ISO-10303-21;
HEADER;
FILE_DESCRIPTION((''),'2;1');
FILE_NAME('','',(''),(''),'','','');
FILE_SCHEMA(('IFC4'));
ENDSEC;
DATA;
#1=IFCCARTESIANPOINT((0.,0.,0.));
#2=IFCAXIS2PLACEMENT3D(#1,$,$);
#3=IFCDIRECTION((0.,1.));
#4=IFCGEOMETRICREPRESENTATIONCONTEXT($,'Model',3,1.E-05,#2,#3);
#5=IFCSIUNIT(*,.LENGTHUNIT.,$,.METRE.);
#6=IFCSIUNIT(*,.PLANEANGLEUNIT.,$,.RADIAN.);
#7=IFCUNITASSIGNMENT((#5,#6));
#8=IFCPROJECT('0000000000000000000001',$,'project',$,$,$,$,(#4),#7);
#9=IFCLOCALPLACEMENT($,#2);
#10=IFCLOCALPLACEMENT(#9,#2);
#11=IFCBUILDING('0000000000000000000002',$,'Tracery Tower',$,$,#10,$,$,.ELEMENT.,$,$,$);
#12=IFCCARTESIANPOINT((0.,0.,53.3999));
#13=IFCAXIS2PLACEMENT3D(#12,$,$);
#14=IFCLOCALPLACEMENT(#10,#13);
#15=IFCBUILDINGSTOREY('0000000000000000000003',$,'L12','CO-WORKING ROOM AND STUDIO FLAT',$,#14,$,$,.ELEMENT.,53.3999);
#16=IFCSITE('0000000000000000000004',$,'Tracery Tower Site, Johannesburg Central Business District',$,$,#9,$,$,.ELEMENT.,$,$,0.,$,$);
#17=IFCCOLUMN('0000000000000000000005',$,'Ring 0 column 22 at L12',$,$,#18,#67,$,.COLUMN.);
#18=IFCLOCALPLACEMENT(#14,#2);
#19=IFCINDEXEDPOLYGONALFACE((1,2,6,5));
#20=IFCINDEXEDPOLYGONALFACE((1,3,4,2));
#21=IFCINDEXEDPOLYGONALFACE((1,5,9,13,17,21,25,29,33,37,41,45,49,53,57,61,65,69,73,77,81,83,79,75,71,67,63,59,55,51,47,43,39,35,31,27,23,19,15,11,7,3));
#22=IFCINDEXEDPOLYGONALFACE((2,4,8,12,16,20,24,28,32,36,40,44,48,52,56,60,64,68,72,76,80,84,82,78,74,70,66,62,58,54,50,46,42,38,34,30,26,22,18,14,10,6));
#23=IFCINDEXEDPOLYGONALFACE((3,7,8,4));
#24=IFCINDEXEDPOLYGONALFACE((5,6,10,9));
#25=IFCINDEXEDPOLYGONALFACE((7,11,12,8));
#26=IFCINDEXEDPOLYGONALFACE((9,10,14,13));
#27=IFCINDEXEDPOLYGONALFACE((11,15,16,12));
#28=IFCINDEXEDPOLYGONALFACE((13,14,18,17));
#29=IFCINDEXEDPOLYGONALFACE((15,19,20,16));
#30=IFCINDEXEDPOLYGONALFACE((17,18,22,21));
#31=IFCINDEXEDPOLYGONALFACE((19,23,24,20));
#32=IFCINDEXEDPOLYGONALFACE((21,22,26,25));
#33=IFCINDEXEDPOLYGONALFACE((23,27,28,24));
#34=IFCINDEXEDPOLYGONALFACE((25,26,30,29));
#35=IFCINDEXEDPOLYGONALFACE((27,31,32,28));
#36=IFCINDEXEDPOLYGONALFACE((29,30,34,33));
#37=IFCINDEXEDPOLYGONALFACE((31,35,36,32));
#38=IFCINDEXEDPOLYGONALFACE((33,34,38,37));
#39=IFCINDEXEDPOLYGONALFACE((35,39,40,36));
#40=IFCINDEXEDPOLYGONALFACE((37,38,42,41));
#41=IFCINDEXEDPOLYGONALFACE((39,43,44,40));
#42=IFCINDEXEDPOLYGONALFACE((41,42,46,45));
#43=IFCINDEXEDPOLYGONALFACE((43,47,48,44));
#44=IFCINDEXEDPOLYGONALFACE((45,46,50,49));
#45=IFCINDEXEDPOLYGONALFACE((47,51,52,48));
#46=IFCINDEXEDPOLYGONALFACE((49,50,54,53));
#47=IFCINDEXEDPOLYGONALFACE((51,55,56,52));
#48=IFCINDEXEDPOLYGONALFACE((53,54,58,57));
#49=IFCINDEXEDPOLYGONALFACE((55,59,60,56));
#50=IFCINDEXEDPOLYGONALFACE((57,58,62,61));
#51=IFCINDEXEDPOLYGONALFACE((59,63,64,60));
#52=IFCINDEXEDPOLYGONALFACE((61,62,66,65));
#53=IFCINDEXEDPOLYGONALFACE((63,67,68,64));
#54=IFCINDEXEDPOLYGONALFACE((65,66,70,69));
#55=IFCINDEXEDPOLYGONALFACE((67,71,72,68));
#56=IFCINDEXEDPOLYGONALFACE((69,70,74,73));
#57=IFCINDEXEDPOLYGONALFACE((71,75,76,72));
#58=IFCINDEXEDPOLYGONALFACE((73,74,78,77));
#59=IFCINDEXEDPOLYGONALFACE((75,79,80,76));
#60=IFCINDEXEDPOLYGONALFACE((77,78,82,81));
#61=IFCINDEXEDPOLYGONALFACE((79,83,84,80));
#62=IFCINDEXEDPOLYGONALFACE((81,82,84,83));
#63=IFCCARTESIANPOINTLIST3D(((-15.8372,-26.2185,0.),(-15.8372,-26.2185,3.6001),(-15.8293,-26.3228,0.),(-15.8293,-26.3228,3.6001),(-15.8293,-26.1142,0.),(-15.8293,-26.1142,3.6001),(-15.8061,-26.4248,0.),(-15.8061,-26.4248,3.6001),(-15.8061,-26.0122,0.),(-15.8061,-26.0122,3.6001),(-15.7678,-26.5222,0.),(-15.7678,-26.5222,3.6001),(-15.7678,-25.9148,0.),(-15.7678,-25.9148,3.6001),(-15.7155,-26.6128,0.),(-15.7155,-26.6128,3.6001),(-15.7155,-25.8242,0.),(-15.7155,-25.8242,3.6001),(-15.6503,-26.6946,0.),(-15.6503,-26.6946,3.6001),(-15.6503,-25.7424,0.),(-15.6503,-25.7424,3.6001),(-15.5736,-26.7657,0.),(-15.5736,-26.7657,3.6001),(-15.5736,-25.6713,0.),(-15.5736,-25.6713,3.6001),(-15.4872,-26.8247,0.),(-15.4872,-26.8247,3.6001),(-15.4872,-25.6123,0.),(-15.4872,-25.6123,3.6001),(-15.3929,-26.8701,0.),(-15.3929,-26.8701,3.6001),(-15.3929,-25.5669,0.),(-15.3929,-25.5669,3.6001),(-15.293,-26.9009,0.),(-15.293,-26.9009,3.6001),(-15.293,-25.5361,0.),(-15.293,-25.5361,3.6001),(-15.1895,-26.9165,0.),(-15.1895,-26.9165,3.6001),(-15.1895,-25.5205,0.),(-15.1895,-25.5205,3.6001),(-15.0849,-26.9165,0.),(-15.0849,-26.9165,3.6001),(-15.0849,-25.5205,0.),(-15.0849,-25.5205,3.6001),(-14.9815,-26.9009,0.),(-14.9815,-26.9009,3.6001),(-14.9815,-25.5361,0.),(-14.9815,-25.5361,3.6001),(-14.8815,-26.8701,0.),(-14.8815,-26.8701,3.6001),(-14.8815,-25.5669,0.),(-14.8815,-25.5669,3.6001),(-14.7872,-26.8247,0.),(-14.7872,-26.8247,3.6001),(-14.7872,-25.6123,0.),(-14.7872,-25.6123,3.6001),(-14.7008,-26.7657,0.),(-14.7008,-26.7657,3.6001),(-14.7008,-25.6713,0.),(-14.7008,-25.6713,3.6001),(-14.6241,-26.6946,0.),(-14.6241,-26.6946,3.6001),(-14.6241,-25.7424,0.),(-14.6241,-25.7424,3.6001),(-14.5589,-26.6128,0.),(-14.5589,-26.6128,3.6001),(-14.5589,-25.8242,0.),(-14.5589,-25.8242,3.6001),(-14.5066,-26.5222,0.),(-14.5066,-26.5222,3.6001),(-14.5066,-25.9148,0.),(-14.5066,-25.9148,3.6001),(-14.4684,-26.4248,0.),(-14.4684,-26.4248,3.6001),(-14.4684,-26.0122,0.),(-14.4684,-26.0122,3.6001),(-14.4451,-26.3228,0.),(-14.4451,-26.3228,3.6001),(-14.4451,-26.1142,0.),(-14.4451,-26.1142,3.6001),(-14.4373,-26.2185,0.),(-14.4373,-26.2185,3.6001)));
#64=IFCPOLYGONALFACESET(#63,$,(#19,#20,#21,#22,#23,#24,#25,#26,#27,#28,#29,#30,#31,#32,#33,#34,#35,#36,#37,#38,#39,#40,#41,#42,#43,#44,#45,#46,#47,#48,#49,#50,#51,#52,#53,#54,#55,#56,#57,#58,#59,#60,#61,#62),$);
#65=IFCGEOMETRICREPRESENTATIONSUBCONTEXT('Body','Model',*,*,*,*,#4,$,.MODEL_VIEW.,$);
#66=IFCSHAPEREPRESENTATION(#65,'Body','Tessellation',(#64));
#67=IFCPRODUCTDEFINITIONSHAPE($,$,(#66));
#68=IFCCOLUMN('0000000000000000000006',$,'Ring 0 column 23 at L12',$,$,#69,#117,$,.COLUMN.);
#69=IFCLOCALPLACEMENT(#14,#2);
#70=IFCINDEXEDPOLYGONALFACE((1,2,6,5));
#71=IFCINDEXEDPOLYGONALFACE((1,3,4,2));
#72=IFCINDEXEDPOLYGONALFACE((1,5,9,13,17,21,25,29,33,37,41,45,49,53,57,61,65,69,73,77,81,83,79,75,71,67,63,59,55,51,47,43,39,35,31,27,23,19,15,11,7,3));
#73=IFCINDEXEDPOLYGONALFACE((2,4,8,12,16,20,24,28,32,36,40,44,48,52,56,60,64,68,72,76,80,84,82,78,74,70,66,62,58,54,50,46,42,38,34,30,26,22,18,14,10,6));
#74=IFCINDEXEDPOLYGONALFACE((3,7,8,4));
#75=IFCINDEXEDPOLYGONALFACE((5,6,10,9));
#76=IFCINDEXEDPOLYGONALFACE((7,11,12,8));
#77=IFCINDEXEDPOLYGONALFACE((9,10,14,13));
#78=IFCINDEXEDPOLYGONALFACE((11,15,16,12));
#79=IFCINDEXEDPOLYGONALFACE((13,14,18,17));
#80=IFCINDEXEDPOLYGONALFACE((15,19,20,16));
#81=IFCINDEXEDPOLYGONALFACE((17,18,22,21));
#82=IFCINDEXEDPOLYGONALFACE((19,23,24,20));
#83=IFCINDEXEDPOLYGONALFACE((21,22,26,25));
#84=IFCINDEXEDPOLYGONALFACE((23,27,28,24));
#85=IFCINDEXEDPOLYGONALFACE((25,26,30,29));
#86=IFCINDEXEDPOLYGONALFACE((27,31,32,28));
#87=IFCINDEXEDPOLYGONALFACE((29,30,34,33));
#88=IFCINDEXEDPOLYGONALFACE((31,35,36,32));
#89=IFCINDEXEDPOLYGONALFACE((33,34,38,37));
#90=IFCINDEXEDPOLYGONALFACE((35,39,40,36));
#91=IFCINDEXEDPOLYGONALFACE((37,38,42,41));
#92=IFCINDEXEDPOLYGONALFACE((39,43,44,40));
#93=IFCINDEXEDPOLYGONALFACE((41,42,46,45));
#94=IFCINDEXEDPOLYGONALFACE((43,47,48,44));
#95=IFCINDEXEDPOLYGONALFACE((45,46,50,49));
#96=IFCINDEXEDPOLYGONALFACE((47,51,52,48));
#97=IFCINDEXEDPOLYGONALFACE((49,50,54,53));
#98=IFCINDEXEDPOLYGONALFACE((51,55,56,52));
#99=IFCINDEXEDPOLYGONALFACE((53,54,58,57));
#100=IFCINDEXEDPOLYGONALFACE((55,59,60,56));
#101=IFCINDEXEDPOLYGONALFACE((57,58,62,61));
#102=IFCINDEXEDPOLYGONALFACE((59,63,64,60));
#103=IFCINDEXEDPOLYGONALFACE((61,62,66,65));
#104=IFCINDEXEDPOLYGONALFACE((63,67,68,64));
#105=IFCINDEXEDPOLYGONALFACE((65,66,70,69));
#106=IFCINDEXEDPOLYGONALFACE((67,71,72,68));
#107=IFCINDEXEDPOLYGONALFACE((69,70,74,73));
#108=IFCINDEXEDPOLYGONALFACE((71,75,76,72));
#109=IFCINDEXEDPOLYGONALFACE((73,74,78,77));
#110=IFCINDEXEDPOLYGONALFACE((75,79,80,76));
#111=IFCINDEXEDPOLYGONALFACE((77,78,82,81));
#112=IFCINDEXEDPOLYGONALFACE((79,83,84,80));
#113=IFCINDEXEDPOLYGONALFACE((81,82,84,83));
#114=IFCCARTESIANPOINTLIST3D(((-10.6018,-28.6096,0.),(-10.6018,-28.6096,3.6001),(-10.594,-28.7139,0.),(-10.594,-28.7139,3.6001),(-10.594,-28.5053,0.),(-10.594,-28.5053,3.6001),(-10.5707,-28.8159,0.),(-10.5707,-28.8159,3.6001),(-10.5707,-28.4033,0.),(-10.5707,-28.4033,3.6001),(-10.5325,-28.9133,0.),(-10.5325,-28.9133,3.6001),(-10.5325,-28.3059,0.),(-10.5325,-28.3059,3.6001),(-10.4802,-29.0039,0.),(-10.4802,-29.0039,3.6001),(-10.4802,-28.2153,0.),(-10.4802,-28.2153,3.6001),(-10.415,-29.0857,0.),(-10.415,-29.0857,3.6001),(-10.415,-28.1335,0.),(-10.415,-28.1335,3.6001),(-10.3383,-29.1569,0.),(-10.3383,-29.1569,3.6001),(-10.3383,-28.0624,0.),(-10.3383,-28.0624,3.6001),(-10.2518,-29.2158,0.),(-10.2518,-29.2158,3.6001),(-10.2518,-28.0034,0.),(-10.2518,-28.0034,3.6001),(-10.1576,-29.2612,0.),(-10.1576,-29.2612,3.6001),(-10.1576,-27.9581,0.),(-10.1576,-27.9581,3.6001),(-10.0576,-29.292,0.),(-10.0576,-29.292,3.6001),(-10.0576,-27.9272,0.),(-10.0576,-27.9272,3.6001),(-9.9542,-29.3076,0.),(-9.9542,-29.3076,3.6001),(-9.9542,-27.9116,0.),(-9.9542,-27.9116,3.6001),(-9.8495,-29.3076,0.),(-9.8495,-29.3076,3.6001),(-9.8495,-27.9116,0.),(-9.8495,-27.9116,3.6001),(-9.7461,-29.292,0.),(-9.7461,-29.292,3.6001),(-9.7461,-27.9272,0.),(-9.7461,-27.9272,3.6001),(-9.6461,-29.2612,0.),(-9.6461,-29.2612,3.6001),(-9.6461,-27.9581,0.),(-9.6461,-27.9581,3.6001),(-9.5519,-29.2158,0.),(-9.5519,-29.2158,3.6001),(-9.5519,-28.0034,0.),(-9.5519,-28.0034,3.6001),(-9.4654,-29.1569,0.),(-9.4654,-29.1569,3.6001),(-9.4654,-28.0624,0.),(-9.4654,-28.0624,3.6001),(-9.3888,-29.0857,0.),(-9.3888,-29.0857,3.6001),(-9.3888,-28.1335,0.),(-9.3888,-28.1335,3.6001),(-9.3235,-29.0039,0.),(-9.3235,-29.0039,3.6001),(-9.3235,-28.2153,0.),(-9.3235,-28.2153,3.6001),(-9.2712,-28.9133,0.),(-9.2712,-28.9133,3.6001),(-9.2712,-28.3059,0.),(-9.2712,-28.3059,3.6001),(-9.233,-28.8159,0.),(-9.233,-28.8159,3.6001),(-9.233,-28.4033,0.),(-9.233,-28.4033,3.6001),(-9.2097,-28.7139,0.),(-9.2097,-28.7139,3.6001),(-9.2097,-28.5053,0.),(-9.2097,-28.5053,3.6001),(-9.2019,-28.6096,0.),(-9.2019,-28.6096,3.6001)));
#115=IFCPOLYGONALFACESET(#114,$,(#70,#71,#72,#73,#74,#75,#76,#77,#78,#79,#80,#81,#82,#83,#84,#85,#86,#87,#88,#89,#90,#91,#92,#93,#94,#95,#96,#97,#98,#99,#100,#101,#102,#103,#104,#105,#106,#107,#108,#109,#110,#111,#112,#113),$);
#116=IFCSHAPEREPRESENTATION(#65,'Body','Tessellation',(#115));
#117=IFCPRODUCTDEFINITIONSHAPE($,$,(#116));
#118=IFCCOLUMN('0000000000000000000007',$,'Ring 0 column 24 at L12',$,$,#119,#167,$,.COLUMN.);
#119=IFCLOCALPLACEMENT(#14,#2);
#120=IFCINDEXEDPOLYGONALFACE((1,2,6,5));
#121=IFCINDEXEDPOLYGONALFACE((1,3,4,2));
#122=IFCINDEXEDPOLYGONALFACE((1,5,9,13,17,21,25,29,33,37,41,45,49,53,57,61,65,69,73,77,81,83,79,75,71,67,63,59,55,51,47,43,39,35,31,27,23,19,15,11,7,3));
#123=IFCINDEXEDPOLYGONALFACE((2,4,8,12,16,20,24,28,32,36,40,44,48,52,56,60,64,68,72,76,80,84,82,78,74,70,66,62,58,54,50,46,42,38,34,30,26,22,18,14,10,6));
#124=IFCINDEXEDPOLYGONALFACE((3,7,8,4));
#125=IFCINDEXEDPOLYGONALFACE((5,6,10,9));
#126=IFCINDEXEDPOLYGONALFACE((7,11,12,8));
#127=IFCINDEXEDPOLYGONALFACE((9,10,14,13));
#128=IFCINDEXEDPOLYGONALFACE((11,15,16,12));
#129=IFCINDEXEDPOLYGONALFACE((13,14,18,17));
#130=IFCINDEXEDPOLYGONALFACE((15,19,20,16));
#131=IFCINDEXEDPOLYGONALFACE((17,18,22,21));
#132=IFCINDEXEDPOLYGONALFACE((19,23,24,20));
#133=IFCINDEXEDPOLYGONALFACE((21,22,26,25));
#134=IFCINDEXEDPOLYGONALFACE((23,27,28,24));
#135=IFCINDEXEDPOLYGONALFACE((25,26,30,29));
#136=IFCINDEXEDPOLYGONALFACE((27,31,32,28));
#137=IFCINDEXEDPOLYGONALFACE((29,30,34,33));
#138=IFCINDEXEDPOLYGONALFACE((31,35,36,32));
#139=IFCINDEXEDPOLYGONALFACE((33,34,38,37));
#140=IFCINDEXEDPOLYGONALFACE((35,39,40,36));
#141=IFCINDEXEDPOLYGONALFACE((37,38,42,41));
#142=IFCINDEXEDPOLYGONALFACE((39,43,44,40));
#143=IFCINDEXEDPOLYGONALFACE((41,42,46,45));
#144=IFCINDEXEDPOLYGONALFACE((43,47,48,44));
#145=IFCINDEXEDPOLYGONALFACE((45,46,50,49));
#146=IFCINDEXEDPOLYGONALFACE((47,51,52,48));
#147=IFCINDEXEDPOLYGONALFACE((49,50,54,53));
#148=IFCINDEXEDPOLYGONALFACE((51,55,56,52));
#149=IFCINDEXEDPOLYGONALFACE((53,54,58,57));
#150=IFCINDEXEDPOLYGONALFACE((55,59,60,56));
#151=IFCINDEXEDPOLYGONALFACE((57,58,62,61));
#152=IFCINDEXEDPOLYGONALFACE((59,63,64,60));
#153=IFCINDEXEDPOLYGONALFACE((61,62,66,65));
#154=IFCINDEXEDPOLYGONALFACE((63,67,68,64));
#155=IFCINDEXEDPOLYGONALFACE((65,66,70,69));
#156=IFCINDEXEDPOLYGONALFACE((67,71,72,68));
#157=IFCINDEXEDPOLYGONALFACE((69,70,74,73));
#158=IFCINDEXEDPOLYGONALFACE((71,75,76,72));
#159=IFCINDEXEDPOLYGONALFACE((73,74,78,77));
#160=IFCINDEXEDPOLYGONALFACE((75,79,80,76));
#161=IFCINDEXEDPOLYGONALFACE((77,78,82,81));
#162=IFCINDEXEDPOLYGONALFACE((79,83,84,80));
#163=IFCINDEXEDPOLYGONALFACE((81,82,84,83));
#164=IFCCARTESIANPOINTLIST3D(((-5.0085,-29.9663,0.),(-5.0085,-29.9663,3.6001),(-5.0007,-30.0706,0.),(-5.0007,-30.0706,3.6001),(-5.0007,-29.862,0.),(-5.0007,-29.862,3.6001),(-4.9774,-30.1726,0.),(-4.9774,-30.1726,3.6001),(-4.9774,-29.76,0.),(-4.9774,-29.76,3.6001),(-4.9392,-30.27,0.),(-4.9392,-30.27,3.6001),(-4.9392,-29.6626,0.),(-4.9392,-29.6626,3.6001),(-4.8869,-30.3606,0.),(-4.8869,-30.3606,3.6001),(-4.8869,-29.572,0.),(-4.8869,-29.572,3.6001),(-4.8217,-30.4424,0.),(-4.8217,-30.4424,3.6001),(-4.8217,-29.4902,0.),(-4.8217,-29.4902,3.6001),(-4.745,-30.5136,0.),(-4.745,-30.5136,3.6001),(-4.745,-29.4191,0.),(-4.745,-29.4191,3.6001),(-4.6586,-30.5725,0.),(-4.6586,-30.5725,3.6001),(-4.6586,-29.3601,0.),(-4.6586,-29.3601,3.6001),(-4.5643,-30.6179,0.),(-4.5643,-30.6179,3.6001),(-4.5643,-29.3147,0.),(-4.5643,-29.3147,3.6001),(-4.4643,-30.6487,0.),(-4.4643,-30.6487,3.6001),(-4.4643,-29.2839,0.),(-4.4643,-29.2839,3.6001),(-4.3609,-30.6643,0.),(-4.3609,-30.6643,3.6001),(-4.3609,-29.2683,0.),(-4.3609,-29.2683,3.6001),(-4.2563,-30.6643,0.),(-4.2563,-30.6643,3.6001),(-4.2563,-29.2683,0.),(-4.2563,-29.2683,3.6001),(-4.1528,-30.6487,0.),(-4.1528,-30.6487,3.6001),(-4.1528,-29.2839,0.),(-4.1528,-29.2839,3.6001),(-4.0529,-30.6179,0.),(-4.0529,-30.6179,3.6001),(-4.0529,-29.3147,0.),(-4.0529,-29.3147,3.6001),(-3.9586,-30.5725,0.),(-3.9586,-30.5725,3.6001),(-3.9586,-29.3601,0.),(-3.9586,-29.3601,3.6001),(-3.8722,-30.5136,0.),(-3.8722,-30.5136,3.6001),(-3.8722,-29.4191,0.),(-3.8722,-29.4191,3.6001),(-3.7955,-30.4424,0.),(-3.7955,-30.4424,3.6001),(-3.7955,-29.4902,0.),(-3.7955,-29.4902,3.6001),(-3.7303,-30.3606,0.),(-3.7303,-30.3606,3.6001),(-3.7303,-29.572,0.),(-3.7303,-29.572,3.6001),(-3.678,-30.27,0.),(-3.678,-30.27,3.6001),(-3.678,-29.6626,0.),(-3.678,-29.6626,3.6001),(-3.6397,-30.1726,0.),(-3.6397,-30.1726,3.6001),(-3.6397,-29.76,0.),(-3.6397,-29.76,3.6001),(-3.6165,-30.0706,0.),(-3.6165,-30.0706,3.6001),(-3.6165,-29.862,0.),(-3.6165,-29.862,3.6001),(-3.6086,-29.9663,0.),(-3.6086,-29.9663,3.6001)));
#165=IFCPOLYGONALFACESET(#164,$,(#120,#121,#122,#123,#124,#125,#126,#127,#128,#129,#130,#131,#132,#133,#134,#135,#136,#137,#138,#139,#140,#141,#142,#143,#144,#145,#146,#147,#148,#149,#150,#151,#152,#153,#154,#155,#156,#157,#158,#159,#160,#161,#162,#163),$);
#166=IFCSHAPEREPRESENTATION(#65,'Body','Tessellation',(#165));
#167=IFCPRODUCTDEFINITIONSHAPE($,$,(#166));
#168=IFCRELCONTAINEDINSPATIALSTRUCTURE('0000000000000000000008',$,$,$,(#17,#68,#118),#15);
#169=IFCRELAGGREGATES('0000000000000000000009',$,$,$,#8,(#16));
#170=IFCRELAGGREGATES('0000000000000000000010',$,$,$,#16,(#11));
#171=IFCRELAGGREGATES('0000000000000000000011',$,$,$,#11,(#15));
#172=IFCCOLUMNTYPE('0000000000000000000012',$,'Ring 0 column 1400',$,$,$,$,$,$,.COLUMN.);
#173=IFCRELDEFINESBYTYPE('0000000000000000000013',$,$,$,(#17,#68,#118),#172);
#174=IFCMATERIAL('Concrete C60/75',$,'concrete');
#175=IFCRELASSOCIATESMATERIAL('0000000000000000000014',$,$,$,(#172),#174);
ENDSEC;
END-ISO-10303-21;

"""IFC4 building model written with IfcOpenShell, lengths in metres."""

from ifc_helpers import new_model, si_unit, direction, frame, origin, origin_2d, place, context, subcontext, project, spatial, circle, extrude, material, material_profile, profile_set, type_object, element, save


model = new_model("IFC4")

# Units and contexts
model_context = context("Model", 3, precision=1e-05, world=origin(), true_north=direction((0.0, 1.0)))
body_context = subcontext(model_context, "Body", "Model", "MODEL_VIEW")
ifc_project = project(units=[si_unit("LENGTHUNIT", "METRE"), si_unit("PLANEANGLEUNIT", "RADIAN")], contexts=[model_context])

# Site, building, storey
site_placement = place(None, origin())
site = spatial("IfcSite", under=ifc_project, at=site_placement, Name="Tracery Tower Site, Johannesburg Central Business District", CompositionType="ELEMENT", RefElevation=0.0)
building_placement = place(site_placement, origin())
building = spatial("IfcBuilding", under=site, at=building_placement, Name="Tracery Tower", CompositionType="ELEMENT")
storey_placement = place(building_placement, frame((0.0, 0.0, 53.3999)))
storey = spatial("IfcBuildingStorey", under=building, at=storey_placement, Name="L12", Description="CO-WORKING ROOM AND STUDIO FLAT", CompositionType="ELEMENT", Elevation=53.3999)

# Columns
ifc_material_1 = material(Name="Concrete C60/75", Category="concrete")
ifc_material_profile_1 = material_profile(ifc_material_1, circle(Radius=0.7, at=origin_2d()), Name="RC D1400")
ifc_profile_set_1 = profile_set([ifc_material_profile_1], Name="Concrete C60/75")
column_type_1 = type_object("IfcColumnType", Name="Ring 0 column 1400", PredefinedType="COLUMN", material=ifc_profile_set_1)
for number, where, z_axis, x_axis, name in (
    (1, (-15.1372, -26.2185, 0.0), (0.0, 0.0, 1.0), (1.0, 0.0, 0.0), "Ring 0 column 22 at L12"),
    (2, (-9.9019, -28.6096, 0.0), (0.0, 0.0, 1.0), (1.0, 0.0, 0.0), "Ring 0 column 23 at L12"),
    (3, (-4.3086, -29.9663, 0.0), (0.0, 0.0, 1.0), (1.0, 0.0, 0.0), "Ring 0 column 24 at L12"),
):
    element("IfcColumn", number, at=place(storey_placement, frame(where, z_axis=z_axis, x_axis=x_axis)), inside=storey, type_object=column_type_1, Name=name, PredefinedType="COLUMN", context=body_context, shape_type="SweptSolid", body=[
        extrude(circle(Radius=0.7, at=origin_2d()), origin(), (0.0, 0.0, 1.0), 3.6001),
    ])

save(model, "model.ifc")
